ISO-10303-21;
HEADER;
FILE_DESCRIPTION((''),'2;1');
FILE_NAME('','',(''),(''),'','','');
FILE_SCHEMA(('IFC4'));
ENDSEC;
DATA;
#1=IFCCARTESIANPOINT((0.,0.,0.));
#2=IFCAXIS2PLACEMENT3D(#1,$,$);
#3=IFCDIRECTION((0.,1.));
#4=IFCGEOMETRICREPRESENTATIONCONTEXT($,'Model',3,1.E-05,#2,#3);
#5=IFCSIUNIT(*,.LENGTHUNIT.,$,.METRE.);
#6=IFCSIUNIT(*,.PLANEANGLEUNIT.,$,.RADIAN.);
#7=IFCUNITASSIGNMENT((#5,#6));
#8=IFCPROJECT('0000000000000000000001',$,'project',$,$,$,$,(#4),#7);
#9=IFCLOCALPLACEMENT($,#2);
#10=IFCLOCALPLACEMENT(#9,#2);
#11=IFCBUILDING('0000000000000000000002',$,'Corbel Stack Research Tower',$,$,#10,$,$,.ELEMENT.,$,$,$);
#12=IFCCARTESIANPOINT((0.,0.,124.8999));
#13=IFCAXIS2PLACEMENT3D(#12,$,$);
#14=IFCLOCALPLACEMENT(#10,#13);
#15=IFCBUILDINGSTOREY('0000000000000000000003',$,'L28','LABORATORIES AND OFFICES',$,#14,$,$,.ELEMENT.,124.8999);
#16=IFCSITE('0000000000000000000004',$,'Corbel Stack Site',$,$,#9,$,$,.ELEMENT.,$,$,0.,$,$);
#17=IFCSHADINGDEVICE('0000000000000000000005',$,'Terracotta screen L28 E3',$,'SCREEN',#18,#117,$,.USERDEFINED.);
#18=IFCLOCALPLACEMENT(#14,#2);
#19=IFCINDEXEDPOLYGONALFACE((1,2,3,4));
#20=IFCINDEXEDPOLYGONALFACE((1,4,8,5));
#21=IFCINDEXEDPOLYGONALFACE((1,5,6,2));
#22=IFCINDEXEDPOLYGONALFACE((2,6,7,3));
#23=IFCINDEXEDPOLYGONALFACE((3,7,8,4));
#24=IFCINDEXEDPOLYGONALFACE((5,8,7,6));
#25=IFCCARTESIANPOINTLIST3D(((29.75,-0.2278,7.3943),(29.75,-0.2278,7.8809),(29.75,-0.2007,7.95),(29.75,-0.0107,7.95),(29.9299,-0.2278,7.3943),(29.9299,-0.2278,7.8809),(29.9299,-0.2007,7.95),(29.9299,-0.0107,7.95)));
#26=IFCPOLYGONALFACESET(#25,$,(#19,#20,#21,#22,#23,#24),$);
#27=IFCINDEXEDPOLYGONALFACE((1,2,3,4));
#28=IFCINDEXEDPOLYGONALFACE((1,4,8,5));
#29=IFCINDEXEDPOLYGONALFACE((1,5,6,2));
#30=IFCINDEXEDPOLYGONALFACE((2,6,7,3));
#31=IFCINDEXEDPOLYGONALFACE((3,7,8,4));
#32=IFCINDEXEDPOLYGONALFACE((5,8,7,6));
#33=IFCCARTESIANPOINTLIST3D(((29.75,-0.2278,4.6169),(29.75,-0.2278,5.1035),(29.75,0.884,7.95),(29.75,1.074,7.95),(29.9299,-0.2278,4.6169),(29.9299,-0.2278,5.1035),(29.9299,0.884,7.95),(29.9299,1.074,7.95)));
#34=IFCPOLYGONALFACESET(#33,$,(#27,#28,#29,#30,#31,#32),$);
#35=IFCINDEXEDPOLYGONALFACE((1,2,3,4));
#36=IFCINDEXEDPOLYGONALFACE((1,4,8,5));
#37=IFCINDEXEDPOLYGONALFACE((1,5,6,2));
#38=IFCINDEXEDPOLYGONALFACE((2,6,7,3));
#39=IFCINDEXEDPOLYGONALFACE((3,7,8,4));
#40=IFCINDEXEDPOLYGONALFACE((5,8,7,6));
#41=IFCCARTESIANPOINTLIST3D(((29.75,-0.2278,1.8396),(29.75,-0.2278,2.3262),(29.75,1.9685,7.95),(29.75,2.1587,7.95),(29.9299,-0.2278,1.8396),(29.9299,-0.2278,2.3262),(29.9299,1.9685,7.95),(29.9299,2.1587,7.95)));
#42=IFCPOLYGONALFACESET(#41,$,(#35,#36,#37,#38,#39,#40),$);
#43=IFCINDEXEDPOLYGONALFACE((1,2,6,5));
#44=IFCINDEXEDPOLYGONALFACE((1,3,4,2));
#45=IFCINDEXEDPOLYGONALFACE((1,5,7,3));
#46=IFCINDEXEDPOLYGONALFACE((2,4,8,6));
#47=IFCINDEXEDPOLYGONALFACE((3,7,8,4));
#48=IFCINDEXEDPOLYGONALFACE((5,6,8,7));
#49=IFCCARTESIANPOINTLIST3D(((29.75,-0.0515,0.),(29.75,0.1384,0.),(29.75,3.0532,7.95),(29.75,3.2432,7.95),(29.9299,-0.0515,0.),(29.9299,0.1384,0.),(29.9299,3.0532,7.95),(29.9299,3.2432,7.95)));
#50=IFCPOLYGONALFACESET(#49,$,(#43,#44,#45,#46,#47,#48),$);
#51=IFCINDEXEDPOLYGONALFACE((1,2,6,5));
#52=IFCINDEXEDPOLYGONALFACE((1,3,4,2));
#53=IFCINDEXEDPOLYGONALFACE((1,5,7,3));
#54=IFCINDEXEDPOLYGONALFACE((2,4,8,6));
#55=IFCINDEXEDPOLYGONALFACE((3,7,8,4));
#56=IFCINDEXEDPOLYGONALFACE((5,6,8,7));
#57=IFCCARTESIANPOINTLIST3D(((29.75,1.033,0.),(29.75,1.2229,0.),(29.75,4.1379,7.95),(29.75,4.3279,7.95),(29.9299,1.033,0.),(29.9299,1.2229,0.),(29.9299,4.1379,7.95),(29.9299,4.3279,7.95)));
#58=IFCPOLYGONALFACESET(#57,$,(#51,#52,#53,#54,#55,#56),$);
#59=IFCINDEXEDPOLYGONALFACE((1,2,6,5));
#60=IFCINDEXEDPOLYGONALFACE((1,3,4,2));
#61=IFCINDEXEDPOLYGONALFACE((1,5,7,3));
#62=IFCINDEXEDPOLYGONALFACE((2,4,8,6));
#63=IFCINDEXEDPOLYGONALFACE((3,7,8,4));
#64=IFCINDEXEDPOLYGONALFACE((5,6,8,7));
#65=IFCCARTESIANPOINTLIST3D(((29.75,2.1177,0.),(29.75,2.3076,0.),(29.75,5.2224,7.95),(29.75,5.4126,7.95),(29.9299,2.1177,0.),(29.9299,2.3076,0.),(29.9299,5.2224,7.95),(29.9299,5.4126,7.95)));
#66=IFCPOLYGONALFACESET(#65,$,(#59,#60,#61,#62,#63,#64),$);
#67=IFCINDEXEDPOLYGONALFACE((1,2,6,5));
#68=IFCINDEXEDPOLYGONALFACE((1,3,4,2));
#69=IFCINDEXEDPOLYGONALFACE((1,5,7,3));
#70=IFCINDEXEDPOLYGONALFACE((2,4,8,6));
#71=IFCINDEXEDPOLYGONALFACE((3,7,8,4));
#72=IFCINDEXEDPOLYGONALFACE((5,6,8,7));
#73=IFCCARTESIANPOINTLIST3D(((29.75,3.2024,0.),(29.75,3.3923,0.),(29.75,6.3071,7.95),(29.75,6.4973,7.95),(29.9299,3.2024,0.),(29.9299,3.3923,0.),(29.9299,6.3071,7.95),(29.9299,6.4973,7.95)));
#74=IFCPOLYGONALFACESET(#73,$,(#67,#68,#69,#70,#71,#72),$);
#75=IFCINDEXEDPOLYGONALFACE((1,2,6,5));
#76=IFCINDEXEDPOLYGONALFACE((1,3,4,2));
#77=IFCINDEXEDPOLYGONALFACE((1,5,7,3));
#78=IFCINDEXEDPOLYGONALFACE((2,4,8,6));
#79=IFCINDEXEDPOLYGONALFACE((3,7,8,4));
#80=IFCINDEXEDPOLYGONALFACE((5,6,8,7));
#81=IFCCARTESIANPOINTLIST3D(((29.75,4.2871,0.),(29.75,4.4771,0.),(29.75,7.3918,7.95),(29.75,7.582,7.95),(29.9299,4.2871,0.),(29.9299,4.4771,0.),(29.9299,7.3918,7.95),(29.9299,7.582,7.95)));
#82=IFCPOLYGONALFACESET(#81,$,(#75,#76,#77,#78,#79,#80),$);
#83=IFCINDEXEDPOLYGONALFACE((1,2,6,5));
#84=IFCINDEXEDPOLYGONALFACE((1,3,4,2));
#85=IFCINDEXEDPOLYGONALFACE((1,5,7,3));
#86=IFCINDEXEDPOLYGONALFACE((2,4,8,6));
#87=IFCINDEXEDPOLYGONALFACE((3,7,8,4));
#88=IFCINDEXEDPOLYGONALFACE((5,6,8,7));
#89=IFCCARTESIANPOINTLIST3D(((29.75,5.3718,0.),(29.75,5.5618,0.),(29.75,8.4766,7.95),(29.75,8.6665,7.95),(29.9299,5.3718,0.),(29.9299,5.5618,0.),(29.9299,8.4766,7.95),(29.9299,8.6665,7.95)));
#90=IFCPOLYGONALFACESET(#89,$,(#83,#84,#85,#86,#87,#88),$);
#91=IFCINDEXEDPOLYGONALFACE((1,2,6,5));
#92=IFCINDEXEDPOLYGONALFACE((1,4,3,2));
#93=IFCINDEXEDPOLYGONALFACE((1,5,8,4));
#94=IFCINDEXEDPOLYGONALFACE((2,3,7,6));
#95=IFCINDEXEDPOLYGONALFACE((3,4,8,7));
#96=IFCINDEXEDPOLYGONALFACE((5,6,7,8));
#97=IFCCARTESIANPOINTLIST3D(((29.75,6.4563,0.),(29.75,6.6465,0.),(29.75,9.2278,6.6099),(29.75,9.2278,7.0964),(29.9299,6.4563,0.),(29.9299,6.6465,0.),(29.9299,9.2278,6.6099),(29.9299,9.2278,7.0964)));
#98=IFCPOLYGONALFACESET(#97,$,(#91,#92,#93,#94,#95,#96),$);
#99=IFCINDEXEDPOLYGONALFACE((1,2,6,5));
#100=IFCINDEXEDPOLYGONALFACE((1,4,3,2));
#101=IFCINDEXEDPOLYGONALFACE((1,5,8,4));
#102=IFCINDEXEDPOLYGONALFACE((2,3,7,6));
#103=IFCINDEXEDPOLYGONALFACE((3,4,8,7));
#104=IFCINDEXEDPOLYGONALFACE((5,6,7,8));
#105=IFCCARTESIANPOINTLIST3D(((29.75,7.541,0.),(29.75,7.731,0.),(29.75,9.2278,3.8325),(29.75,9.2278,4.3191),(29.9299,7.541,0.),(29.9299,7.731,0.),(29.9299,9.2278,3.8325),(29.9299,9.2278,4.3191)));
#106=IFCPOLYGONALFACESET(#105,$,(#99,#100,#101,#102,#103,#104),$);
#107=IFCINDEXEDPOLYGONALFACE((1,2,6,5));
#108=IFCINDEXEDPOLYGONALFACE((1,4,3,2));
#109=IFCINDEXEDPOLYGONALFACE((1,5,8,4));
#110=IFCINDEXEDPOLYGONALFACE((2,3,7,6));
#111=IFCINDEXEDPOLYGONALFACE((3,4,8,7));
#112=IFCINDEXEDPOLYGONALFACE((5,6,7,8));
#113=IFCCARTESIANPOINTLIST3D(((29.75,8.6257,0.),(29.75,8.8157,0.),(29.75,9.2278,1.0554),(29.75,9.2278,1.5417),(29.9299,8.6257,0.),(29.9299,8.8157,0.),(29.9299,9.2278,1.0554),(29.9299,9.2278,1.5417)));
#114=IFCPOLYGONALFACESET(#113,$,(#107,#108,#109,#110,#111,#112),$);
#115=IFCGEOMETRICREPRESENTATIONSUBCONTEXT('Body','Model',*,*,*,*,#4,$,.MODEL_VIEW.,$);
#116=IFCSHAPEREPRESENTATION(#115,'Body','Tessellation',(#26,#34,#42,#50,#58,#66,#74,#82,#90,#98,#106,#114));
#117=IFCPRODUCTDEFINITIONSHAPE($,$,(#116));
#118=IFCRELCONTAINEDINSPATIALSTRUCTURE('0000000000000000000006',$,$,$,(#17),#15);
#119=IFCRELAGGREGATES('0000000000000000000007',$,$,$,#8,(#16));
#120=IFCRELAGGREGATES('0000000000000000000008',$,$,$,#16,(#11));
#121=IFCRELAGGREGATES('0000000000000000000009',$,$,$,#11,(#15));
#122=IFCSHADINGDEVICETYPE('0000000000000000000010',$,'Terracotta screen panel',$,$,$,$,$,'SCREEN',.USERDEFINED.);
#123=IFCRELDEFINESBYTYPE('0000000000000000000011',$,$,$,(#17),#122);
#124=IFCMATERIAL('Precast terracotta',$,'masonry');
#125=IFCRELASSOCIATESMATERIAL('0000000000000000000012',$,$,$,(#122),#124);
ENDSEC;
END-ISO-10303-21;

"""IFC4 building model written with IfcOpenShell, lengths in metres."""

from ifc_helpers import new_model, si_unit, direction, frame, origin, place, context, subcontext, project, spatial, polyline, outline, extrude, source, transform, mapped, material, type_object, element, save


model = new_model("IFC4")

# Units and contexts
model_context = context("Model", 3, precision=1e-05, world=origin(), true_north=direction((0.0, 1.0)))
body_context = subcontext(model_context, "Body", "Model", "MODEL_VIEW")
ifc_project = project(units=[si_unit("LENGTHUNIT", "METRE"), si_unit("PLANEANGLEUNIT", "RADIAN")], contexts=[model_context])

# Site, building, storey
site_placement = place(None, origin())
site = spatial("IfcSite", under=ifc_project, at=site_placement, Name="Corbel Stack Site", CompositionType="ELEMENT", RefElevation=0.0)
building_placement = place(site_placement, origin())
building = spatial("IfcBuilding", under=site, at=building_placement, Name="Corbel Stack Research Tower", CompositionType="ELEMENT")
storey_placement = place(building_placement, frame((0.0, 0.0, 124.8999)))
storey = spatial("IfcBuildingStorey", under=building, at=storey_placement, Name="L28", Description="LABORATORIES AND OFFICES", CompositionType="ELEMENT", Elevation=124.8999)

# Shading device
ifc_material_1 = material(Name="Precast terracotta", Category="masonry")
shading_device_type = type_object("IfcShadingDeviceType", Name="Terracotta screen panel", ElementType="SCREEN", PredefinedType="USERDEFINED", material=ifc_material_1)
shared_shape_1 = source(origin(), body_context, "Body", "SweptSolid", [
    extrude(outline(polyline([(0.217, 7.95), (0.0271, 7.95), (0.0, 7.8809), (0.0, 7.3943), (0.217, 7.95)])), frame((0.0, 0.0, 0.0), z_axis=(0.0, -1.0, 0.0), x_axis=(1.0, 0.0, 0.0)), (0.0, 0.0, 1.0), 0.1799),
    extrude(outline(polyline([(1.3018, 7.95), (1.1118, 7.95), (0.0, 5.1035), (0.0, 4.6169), (1.3018, 7.95)])), frame((0.0, 0.0, 0.0), z_axis=(0.0, -1.0, 0.0), x_axis=(1.0, 0.0, 0.0)), (0.0, 0.0, 1.0), 0.1799),
    extrude(outline(polyline([(2.3865, 7.95), (2.1963, 7.95), (0.0, 2.3262), (0.0, 1.8396), (2.3865, 7.95)])), frame((0.0, 0.0, 0.0), z_axis=(0.0, -1.0, 0.0), x_axis=(1.0, 0.0, 0.0)), (0.0, 0.0, 1.0), 0.1799),
    extrude(outline(polyline([(0.3662, 0.0), (3.4709, 7.95), (3.281, 7.95), (0.1763, 0.0), (0.3662, 0.0)])), frame((0.0, 0.0, 0.0), z_axis=(0.0, -1.0, 0.0), x_axis=(1.0, 0.0, 0.0)), (0.0, 0.0, 1.0), 0.1799),
    extrude(outline(polyline([(1.4507, 0.0), (4.5557, 7.95), (4.3657, 7.95), (1.2607, 0.0), (1.4507, 0.0)])), frame((0.0, 0.0, 0.0), z_axis=(0.0, -1.0, 0.0), x_axis=(1.0, 0.0, 0.0)), (0.0, 0.0, 1.0), 0.1799),
    extrude(outline(polyline([(2.5354, 0.0), (5.6404, 7.95), (5.4502, 7.95), (2.3455, 0.0), (2.5354, 0.0)])), frame((0.0, 0.0, 0.0), z_axis=(0.0, -1.0, 0.0), x_axis=(1.0, 0.0, 0.0)), (0.0, 0.0, 1.0), 0.1799),
    extrude(outline(polyline([(3.6201, 0.0), (6.7251, 7.95), (6.5349, 7.95), (3.4302, 0.0), (3.6201, 0.0)])), frame((0.0, 0.0, 0.0), z_axis=(0.0, -1.0, 0.0), x_axis=(1.0, 0.0, 0.0)), (0.0, 0.0, 1.0), 0.1799),
    extrude(outline(polyline([(4.7048, 0.0), (7.8098, 7.95), (7.6196, 7.95), (4.5149, 0.0), (4.7048, 0.0)])), frame((0.0, 0.0, 0.0), z_axis=(0.0, -1.0, 0.0), x_axis=(1.0, 0.0, 0.0)), (0.0, 0.0, 1.0), 0.1799),
    extrude(outline(polyline([(5.7896, 0.0), (8.8943, 7.95), (8.7043, 7.95), (5.5996, 0.0), (5.7896, 0.0)])), frame((0.0, 0.0, 0.0), z_axis=(0.0, -1.0, 0.0), x_axis=(1.0, 0.0, 0.0)), (0.0, 0.0, 1.0), 0.1799),
    extrude(outline(polyline([(6.8743, 0.0), (9.4556, 6.6099), (9.4556, 7.0964), (6.6841, 0.0), (6.8743, 0.0)])), frame((0.0, 0.0, 0.0), z_axis=(0.0, -1.0, 0.0), x_axis=(1.0, 0.0, 0.0)), (0.0, 0.0, 1.0), 0.1799),
    extrude(outline(polyline([(7.9587, 0.0), (9.4556, 3.8325), (9.4556, 4.3191), (7.7688, 0.0), (7.9587, 0.0)])), frame((0.0, 0.0, 0.0), z_axis=(0.0, -1.0, 0.0), x_axis=(1.0, 0.0, 0.0)), (0.0, 0.0, 1.0), 0.1799),
    extrude(outline(polyline([(9.0435, 0.0), (9.4556, 1.0554), (9.4556, 1.5417), (8.8535, 0.0), (9.0435, 0.0)])), frame((0.0, 0.0, 0.0), z_axis=(0.0, -1.0, 0.0), x_axis=(1.0, 0.0, 0.0)), (0.0, 0.0, 1.0), 0.1799),
])
shading_device_1_placement = place(storey_placement, frame((29.75, -0.2278, 0.0), z_axis=(0.0, 0.0, 1.0), x_axis=(0.0, 1.0, 0.0)))
element("IfcShadingDevice", 1, at=shading_device_1_placement, inside=storey, type_object=shading_device_type, Name="Terracotta screen L28 E3", ObjectType="SCREEN", PredefinedType="USERDEFINED", context=body_context, shape_type="MappedRepresentation", body=[
    mapped(shared_shape_1, transform((0.0, 0.0, 0.0))),
])

save(model, "model.ifc")
